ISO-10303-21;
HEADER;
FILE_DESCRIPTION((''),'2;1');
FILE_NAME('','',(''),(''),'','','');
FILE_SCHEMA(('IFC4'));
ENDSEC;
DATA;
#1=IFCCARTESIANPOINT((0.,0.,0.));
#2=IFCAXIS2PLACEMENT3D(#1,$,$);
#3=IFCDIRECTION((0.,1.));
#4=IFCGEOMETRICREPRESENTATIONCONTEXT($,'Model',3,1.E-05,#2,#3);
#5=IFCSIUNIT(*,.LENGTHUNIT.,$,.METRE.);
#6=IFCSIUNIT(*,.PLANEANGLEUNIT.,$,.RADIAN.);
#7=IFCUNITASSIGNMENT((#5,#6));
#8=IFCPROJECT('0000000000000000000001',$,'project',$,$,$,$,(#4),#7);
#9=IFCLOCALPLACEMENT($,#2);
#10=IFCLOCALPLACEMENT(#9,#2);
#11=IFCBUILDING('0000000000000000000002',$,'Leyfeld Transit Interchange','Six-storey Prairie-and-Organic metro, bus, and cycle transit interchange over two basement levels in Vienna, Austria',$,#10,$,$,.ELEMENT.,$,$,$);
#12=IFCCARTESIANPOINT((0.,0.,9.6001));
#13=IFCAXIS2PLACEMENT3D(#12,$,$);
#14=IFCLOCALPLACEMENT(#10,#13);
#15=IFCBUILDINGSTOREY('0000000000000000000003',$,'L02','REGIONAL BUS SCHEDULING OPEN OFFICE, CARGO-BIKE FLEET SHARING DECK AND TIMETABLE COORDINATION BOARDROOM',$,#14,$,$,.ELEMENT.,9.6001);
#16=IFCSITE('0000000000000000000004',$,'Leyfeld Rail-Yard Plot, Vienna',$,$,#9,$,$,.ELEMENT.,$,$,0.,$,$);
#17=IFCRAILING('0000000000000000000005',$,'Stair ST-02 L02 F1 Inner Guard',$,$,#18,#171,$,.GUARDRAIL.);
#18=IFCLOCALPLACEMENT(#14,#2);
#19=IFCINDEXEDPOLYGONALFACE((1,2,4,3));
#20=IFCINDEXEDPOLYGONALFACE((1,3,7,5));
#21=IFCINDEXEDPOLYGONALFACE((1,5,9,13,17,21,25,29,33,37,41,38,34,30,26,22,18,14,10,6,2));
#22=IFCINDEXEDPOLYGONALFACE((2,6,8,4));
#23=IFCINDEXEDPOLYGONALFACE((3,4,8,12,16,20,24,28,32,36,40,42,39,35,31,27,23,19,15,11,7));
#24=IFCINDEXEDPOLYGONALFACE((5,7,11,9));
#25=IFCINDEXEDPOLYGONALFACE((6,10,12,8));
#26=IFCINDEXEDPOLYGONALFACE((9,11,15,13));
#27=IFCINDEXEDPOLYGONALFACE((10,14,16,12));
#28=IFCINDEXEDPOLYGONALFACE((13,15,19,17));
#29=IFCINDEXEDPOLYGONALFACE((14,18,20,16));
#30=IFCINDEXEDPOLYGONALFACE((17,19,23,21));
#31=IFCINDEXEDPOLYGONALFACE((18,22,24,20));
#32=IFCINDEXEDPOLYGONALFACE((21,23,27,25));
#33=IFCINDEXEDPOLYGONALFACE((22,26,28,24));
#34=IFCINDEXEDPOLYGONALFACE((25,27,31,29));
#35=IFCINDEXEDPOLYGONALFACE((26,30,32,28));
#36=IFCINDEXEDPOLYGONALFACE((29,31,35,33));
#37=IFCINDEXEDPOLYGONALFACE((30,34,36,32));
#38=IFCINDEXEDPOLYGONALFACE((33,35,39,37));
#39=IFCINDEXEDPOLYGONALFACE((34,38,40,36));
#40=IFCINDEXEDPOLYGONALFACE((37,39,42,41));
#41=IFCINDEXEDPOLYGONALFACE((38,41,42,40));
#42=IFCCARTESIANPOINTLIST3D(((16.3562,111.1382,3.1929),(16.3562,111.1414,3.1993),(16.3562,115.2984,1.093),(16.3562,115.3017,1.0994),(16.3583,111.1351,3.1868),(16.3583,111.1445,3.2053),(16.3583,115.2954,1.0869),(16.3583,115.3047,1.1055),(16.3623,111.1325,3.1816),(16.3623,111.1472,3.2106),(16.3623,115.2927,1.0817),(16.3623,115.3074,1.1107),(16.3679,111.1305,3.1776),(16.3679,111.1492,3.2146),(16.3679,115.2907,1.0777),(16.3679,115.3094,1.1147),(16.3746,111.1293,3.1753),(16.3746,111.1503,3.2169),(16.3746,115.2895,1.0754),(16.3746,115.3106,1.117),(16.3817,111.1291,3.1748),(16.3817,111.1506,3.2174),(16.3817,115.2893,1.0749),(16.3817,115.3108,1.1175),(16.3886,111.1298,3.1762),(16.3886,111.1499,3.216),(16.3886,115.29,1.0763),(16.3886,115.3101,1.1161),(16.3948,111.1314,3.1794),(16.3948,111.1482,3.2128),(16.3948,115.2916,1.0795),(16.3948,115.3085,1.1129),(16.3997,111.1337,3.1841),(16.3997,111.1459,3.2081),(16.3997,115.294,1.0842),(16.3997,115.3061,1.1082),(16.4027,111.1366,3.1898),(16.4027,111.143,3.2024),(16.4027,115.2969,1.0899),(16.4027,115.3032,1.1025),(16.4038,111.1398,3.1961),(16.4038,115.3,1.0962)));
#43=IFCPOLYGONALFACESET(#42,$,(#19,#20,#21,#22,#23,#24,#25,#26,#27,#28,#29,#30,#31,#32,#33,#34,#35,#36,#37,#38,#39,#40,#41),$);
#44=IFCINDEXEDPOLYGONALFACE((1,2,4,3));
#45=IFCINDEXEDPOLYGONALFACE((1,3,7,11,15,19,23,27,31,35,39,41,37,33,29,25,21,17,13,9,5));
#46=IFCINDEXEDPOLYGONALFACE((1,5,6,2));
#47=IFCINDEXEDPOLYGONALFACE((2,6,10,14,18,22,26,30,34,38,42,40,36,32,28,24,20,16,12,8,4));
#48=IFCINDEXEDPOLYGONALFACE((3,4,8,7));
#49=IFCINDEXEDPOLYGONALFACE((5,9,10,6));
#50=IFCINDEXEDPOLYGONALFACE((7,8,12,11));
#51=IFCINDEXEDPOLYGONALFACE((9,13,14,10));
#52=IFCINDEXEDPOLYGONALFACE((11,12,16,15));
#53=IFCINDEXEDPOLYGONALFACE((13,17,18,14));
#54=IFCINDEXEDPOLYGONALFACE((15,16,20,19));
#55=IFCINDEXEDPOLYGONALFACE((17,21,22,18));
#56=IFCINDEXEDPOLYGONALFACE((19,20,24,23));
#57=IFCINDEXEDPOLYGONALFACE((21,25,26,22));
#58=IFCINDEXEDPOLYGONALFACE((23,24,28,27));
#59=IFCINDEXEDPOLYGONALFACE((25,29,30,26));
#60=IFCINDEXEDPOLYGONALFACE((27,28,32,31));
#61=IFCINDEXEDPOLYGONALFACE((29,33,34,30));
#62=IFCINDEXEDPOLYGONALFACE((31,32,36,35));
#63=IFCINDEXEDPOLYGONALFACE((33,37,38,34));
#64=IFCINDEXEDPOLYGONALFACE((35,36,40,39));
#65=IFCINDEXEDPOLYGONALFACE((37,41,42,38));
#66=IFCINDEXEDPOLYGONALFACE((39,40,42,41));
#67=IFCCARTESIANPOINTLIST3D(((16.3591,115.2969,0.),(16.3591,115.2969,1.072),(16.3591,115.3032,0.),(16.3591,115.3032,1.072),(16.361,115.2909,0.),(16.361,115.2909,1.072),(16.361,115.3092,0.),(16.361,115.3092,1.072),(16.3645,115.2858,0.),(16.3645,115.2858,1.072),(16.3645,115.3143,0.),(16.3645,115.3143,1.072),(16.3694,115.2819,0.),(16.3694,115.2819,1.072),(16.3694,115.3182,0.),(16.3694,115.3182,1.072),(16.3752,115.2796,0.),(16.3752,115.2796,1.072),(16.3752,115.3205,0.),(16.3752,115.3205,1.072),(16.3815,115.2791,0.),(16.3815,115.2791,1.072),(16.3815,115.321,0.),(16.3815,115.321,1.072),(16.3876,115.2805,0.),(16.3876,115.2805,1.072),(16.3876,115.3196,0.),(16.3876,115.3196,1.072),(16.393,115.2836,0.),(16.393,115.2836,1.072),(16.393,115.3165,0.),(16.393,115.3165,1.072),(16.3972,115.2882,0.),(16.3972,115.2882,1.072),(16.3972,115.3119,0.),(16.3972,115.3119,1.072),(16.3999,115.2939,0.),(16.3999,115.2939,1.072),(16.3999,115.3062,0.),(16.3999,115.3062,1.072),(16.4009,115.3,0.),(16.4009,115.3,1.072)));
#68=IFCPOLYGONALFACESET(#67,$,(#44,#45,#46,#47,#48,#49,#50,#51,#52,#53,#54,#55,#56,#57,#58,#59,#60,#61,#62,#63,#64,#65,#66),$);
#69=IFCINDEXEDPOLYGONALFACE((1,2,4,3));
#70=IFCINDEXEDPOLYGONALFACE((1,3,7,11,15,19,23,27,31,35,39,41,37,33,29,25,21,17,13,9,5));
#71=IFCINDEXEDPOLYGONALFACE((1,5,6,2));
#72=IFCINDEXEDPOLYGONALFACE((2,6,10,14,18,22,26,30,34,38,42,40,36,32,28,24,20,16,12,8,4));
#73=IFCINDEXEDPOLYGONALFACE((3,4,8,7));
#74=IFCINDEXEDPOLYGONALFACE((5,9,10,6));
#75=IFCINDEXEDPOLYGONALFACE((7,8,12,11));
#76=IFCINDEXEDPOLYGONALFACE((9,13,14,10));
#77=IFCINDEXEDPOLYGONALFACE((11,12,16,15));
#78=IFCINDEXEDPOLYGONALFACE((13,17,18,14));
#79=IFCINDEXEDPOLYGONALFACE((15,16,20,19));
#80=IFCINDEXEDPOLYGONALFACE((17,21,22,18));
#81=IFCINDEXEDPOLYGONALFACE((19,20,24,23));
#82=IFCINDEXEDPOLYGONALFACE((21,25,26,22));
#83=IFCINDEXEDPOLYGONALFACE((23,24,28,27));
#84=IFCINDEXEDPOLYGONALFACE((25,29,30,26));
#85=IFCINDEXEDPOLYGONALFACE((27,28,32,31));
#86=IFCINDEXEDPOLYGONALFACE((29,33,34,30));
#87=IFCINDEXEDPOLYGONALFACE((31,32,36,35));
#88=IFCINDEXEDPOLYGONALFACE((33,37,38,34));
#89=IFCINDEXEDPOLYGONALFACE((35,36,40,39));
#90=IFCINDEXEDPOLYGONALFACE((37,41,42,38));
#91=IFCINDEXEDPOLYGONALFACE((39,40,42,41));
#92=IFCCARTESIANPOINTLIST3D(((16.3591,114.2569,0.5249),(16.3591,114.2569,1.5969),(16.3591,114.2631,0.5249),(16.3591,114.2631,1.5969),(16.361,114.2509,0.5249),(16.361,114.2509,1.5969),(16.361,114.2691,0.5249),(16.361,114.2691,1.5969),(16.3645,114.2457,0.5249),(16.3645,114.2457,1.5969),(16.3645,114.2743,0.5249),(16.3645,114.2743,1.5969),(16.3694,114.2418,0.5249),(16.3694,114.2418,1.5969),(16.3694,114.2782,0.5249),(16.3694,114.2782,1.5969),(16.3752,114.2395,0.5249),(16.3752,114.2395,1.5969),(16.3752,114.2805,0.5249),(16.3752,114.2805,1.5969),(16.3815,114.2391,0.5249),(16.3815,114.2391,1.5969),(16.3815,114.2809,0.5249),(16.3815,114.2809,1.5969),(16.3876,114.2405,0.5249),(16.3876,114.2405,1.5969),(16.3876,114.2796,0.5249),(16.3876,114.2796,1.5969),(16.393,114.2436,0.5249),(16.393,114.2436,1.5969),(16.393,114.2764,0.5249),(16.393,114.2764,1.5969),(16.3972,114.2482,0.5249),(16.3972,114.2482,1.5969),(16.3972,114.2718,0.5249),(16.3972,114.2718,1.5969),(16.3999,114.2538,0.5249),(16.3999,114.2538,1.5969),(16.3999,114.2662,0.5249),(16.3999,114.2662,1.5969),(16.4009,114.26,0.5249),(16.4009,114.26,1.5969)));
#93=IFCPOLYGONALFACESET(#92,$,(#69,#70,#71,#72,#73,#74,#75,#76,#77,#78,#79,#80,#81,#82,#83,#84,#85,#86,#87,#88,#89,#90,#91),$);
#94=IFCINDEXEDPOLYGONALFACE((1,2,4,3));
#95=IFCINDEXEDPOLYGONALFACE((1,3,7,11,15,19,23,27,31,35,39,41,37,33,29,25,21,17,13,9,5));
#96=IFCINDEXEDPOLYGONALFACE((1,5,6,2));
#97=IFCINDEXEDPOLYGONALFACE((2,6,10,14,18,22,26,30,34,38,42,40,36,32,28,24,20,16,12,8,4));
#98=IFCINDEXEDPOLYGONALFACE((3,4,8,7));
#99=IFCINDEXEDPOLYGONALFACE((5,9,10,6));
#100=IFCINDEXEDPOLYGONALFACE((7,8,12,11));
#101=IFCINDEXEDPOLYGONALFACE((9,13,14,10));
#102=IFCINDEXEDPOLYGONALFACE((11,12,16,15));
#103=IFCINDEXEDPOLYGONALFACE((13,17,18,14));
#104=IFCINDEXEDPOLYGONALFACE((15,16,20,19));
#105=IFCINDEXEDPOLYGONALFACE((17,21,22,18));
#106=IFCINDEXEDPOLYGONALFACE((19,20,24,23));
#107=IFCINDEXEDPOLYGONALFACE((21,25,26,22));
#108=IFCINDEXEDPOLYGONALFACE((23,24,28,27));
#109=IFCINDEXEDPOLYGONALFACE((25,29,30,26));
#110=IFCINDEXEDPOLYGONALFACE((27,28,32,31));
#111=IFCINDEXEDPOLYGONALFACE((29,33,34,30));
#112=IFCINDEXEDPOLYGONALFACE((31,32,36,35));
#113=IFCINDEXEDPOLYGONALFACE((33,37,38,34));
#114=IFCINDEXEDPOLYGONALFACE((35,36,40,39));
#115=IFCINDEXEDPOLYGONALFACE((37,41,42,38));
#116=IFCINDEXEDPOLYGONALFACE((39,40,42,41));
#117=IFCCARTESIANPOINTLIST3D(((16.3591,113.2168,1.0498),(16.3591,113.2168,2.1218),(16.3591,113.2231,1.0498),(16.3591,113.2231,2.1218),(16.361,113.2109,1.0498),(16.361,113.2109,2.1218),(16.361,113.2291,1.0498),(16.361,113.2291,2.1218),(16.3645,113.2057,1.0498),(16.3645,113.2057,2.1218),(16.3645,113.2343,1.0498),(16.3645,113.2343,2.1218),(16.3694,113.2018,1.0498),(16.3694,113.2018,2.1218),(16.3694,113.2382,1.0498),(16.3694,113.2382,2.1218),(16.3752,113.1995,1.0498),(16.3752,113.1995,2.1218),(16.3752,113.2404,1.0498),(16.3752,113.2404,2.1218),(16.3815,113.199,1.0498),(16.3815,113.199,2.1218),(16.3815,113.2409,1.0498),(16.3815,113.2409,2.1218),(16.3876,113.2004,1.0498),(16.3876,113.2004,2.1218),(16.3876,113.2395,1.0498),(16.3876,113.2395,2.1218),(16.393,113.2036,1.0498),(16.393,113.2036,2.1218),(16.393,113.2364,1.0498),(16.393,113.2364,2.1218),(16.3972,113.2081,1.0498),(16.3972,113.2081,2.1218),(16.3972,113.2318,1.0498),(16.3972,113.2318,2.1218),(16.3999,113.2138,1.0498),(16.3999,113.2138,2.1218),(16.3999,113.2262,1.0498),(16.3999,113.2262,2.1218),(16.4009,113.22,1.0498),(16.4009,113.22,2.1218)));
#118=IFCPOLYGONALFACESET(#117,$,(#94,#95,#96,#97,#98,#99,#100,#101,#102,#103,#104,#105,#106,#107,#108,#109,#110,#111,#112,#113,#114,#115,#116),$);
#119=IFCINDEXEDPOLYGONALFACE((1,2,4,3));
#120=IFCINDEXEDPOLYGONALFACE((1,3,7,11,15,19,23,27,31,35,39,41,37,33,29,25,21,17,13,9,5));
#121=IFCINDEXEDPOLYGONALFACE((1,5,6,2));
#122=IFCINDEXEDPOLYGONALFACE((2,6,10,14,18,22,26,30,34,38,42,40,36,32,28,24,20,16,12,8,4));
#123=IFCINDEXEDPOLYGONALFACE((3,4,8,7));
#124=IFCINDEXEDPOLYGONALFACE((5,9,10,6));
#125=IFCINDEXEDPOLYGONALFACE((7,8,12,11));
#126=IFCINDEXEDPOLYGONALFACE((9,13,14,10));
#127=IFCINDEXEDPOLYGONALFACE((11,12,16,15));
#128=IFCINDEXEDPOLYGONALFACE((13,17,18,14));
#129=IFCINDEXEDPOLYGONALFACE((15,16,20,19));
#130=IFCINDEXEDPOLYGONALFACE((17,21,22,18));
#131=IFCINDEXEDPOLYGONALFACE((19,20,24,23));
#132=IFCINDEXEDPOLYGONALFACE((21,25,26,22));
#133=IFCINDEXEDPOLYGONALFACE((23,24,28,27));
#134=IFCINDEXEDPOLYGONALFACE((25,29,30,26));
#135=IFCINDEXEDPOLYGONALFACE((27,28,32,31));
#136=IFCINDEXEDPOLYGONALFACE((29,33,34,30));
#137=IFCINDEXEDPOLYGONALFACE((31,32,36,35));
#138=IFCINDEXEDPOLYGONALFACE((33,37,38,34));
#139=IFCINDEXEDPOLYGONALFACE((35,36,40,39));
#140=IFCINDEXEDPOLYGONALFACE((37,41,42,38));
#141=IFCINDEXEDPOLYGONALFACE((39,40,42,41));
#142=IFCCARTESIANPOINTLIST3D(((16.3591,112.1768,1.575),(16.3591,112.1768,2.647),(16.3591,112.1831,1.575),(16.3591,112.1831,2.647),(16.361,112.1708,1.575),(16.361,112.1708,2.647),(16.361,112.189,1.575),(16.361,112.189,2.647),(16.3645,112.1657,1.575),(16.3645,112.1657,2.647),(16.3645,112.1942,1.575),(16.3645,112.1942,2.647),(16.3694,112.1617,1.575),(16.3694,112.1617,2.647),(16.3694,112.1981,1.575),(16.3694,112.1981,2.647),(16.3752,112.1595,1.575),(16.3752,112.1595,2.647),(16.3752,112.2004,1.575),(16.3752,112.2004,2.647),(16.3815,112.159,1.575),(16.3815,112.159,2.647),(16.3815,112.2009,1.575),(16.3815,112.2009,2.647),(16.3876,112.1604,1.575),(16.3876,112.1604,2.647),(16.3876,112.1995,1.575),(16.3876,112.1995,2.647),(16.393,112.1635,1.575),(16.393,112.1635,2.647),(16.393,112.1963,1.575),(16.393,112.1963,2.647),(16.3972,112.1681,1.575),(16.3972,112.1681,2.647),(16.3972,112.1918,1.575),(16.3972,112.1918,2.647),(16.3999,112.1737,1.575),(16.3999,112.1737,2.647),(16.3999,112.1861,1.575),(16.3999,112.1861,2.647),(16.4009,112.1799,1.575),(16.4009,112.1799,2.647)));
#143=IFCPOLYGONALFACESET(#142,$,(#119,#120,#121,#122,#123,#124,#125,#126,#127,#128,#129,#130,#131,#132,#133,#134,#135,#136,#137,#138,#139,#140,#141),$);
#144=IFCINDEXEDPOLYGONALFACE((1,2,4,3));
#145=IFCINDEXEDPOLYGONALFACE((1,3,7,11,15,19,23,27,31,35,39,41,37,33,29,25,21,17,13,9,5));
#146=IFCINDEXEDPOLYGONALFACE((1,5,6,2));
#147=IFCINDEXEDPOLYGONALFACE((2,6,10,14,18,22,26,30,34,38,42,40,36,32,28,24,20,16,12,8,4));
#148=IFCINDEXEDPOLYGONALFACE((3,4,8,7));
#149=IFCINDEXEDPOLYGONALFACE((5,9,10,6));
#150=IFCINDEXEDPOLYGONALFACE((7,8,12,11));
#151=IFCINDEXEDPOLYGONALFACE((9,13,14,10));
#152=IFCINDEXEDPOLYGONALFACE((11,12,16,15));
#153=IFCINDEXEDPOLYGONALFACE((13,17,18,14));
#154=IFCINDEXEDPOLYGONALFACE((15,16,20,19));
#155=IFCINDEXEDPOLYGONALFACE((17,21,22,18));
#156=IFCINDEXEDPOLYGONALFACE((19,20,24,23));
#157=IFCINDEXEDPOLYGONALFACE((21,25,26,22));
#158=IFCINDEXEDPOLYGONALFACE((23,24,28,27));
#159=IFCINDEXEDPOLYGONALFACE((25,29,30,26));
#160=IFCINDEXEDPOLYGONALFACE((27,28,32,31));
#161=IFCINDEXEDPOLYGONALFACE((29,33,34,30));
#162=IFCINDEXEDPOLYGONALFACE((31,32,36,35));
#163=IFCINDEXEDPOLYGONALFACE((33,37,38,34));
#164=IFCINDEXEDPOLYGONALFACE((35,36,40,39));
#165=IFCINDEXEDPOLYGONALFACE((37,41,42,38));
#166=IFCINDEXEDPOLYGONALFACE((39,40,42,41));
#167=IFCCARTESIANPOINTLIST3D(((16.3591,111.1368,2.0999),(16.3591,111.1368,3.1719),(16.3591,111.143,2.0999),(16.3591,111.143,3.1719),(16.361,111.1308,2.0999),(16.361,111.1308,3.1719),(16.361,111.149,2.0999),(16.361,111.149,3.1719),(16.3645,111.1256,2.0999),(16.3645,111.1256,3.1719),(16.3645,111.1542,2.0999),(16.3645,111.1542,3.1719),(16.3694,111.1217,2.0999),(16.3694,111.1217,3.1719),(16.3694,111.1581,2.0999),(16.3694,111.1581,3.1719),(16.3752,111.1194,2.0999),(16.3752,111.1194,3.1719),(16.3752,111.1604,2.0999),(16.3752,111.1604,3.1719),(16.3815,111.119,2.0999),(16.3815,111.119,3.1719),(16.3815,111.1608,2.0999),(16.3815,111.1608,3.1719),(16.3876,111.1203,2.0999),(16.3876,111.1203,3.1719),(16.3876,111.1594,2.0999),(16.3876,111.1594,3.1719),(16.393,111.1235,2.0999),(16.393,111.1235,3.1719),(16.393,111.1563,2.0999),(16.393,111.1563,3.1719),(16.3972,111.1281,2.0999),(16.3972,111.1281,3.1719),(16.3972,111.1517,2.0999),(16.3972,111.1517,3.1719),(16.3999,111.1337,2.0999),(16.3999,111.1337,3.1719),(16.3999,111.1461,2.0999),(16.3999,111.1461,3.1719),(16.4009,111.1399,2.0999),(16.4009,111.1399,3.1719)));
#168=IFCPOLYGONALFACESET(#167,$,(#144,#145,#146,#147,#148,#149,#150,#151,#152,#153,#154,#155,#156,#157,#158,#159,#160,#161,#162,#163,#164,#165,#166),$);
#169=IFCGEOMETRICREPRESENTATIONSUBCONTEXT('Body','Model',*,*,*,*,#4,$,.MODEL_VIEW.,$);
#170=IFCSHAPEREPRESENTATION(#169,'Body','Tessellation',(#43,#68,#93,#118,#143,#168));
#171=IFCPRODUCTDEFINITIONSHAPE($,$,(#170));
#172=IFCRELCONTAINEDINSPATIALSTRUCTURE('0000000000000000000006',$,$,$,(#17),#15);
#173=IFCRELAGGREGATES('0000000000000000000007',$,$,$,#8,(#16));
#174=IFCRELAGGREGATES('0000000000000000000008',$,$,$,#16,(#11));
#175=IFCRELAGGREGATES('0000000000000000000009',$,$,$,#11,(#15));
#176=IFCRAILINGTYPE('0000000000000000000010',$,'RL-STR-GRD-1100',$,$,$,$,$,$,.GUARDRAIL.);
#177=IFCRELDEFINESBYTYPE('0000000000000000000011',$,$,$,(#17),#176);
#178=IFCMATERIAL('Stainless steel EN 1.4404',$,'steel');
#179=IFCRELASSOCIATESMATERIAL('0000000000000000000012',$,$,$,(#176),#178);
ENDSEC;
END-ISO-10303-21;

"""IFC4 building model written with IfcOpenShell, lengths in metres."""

from ifc_helpers import new_model, si_unit, direction, frame, origin, origin_2d, place, context, subcontext, project, spatial, circle, extrude, material, type_object, element, save


model = new_model("IFC4")

# Units and contexts
model_context = context("Model", 3, precision=1e-05, world=origin(), true_north=direction((0.0, 1.0)))
body_context = subcontext(model_context, "Body", "Model", "MODEL_VIEW")
ifc_project = project(units=[si_unit("LENGTHUNIT", "METRE"), si_unit("PLANEANGLEUNIT", "RADIAN")], contexts=[model_context])

# Site, building, storey
site_placement = place(None, origin())
site = spatial("IfcSite", under=ifc_project, at=site_placement, Name="Leyfeld Rail-Yard Plot, Vienna", CompositionType="ELEMENT", RefElevation=0.0)
building_placement = place(site_placement, origin())
building = spatial("IfcBuilding", under=site, at=building_placement, Name="Leyfeld Transit Interchange", Description="Six-storey Prairie-and-Organic metro, bus, and cycle transit interchange over two basement levels in Vienna, Austria", CompositionType="ELEMENT")
storey_placement = place(building_placement, frame((0.0, 0.0, 9.6001)))
storey = spatial("IfcBuildingStorey", under=building, at=storey_placement, Name="L02", Description="REGIONAL BUS SCHEDULING OPEN OFFICE, CARGO-BIKE FLEET SHARING DECK AND TIMETABLE COORDINATION BOARDROOM", CompositionType="ELEMENT", Elevation=9.6001)

# Shared definitions
ifc_material_1 = material(Name="Stainless steel EN 1.4404", Category="steel")

# Railing
railing_type_1 = type_object("IfcRailingType", Name="RL-STR-GRD-1100", PredefinedType="GUARDRAIL", material=ifc_material_1)
for number, where, name in (
    (1, (16.3799, 115.3, 0.0), "Stair ST-02 L02 F1 Inner Guard"),
):
    element("IfcRailing", number, at=place(storey_placement, frame(where)), inside=storey, type_object=railing_type_1, Name=name, PredefinedType="GUARDRAIL", context=body_context, shape_type="SweptSolid", body=[
        extrude(circle(Radius=0.0239, at=origin_2d()), frame((0.0, 0.0, 1.0962), z_axis=(0.0, -0.892723, 0.450605), x_axis=(1.0, 0.0, 0.0)), (0.0, 0.0, 1.0), 4.6602),
        extrude(circle(Radius=0.021, at=origin_2d()), origin(), (0.0, 0.0, 1.0), 1.072),
        extrude(circle(Radius=0.021, at=origin_2d()), frame((0.0, -1.04, 0.5249)), (0.0, 0.0, 1.0), 1.072),
        extrude(circle(Radius=0.021, at=origin_2d()), frame((0.0, -2.0801, 1.0498)), (0.0, 0.0, 1.0), 1.072),
        extrude(circle(Radius=0.021, at=origin_2d()), frame((0.0, -3.1201, 1.575)), (0.0, 0.0, 1.0), 1.072),
        extrude(circle(Radius=0.021, at=origin_2d()), frame((0.0, -4.1602, 2.0999)), (0.0, 0.0, 1.0), 1.072),
    ])

save(model, "model.ifc")
